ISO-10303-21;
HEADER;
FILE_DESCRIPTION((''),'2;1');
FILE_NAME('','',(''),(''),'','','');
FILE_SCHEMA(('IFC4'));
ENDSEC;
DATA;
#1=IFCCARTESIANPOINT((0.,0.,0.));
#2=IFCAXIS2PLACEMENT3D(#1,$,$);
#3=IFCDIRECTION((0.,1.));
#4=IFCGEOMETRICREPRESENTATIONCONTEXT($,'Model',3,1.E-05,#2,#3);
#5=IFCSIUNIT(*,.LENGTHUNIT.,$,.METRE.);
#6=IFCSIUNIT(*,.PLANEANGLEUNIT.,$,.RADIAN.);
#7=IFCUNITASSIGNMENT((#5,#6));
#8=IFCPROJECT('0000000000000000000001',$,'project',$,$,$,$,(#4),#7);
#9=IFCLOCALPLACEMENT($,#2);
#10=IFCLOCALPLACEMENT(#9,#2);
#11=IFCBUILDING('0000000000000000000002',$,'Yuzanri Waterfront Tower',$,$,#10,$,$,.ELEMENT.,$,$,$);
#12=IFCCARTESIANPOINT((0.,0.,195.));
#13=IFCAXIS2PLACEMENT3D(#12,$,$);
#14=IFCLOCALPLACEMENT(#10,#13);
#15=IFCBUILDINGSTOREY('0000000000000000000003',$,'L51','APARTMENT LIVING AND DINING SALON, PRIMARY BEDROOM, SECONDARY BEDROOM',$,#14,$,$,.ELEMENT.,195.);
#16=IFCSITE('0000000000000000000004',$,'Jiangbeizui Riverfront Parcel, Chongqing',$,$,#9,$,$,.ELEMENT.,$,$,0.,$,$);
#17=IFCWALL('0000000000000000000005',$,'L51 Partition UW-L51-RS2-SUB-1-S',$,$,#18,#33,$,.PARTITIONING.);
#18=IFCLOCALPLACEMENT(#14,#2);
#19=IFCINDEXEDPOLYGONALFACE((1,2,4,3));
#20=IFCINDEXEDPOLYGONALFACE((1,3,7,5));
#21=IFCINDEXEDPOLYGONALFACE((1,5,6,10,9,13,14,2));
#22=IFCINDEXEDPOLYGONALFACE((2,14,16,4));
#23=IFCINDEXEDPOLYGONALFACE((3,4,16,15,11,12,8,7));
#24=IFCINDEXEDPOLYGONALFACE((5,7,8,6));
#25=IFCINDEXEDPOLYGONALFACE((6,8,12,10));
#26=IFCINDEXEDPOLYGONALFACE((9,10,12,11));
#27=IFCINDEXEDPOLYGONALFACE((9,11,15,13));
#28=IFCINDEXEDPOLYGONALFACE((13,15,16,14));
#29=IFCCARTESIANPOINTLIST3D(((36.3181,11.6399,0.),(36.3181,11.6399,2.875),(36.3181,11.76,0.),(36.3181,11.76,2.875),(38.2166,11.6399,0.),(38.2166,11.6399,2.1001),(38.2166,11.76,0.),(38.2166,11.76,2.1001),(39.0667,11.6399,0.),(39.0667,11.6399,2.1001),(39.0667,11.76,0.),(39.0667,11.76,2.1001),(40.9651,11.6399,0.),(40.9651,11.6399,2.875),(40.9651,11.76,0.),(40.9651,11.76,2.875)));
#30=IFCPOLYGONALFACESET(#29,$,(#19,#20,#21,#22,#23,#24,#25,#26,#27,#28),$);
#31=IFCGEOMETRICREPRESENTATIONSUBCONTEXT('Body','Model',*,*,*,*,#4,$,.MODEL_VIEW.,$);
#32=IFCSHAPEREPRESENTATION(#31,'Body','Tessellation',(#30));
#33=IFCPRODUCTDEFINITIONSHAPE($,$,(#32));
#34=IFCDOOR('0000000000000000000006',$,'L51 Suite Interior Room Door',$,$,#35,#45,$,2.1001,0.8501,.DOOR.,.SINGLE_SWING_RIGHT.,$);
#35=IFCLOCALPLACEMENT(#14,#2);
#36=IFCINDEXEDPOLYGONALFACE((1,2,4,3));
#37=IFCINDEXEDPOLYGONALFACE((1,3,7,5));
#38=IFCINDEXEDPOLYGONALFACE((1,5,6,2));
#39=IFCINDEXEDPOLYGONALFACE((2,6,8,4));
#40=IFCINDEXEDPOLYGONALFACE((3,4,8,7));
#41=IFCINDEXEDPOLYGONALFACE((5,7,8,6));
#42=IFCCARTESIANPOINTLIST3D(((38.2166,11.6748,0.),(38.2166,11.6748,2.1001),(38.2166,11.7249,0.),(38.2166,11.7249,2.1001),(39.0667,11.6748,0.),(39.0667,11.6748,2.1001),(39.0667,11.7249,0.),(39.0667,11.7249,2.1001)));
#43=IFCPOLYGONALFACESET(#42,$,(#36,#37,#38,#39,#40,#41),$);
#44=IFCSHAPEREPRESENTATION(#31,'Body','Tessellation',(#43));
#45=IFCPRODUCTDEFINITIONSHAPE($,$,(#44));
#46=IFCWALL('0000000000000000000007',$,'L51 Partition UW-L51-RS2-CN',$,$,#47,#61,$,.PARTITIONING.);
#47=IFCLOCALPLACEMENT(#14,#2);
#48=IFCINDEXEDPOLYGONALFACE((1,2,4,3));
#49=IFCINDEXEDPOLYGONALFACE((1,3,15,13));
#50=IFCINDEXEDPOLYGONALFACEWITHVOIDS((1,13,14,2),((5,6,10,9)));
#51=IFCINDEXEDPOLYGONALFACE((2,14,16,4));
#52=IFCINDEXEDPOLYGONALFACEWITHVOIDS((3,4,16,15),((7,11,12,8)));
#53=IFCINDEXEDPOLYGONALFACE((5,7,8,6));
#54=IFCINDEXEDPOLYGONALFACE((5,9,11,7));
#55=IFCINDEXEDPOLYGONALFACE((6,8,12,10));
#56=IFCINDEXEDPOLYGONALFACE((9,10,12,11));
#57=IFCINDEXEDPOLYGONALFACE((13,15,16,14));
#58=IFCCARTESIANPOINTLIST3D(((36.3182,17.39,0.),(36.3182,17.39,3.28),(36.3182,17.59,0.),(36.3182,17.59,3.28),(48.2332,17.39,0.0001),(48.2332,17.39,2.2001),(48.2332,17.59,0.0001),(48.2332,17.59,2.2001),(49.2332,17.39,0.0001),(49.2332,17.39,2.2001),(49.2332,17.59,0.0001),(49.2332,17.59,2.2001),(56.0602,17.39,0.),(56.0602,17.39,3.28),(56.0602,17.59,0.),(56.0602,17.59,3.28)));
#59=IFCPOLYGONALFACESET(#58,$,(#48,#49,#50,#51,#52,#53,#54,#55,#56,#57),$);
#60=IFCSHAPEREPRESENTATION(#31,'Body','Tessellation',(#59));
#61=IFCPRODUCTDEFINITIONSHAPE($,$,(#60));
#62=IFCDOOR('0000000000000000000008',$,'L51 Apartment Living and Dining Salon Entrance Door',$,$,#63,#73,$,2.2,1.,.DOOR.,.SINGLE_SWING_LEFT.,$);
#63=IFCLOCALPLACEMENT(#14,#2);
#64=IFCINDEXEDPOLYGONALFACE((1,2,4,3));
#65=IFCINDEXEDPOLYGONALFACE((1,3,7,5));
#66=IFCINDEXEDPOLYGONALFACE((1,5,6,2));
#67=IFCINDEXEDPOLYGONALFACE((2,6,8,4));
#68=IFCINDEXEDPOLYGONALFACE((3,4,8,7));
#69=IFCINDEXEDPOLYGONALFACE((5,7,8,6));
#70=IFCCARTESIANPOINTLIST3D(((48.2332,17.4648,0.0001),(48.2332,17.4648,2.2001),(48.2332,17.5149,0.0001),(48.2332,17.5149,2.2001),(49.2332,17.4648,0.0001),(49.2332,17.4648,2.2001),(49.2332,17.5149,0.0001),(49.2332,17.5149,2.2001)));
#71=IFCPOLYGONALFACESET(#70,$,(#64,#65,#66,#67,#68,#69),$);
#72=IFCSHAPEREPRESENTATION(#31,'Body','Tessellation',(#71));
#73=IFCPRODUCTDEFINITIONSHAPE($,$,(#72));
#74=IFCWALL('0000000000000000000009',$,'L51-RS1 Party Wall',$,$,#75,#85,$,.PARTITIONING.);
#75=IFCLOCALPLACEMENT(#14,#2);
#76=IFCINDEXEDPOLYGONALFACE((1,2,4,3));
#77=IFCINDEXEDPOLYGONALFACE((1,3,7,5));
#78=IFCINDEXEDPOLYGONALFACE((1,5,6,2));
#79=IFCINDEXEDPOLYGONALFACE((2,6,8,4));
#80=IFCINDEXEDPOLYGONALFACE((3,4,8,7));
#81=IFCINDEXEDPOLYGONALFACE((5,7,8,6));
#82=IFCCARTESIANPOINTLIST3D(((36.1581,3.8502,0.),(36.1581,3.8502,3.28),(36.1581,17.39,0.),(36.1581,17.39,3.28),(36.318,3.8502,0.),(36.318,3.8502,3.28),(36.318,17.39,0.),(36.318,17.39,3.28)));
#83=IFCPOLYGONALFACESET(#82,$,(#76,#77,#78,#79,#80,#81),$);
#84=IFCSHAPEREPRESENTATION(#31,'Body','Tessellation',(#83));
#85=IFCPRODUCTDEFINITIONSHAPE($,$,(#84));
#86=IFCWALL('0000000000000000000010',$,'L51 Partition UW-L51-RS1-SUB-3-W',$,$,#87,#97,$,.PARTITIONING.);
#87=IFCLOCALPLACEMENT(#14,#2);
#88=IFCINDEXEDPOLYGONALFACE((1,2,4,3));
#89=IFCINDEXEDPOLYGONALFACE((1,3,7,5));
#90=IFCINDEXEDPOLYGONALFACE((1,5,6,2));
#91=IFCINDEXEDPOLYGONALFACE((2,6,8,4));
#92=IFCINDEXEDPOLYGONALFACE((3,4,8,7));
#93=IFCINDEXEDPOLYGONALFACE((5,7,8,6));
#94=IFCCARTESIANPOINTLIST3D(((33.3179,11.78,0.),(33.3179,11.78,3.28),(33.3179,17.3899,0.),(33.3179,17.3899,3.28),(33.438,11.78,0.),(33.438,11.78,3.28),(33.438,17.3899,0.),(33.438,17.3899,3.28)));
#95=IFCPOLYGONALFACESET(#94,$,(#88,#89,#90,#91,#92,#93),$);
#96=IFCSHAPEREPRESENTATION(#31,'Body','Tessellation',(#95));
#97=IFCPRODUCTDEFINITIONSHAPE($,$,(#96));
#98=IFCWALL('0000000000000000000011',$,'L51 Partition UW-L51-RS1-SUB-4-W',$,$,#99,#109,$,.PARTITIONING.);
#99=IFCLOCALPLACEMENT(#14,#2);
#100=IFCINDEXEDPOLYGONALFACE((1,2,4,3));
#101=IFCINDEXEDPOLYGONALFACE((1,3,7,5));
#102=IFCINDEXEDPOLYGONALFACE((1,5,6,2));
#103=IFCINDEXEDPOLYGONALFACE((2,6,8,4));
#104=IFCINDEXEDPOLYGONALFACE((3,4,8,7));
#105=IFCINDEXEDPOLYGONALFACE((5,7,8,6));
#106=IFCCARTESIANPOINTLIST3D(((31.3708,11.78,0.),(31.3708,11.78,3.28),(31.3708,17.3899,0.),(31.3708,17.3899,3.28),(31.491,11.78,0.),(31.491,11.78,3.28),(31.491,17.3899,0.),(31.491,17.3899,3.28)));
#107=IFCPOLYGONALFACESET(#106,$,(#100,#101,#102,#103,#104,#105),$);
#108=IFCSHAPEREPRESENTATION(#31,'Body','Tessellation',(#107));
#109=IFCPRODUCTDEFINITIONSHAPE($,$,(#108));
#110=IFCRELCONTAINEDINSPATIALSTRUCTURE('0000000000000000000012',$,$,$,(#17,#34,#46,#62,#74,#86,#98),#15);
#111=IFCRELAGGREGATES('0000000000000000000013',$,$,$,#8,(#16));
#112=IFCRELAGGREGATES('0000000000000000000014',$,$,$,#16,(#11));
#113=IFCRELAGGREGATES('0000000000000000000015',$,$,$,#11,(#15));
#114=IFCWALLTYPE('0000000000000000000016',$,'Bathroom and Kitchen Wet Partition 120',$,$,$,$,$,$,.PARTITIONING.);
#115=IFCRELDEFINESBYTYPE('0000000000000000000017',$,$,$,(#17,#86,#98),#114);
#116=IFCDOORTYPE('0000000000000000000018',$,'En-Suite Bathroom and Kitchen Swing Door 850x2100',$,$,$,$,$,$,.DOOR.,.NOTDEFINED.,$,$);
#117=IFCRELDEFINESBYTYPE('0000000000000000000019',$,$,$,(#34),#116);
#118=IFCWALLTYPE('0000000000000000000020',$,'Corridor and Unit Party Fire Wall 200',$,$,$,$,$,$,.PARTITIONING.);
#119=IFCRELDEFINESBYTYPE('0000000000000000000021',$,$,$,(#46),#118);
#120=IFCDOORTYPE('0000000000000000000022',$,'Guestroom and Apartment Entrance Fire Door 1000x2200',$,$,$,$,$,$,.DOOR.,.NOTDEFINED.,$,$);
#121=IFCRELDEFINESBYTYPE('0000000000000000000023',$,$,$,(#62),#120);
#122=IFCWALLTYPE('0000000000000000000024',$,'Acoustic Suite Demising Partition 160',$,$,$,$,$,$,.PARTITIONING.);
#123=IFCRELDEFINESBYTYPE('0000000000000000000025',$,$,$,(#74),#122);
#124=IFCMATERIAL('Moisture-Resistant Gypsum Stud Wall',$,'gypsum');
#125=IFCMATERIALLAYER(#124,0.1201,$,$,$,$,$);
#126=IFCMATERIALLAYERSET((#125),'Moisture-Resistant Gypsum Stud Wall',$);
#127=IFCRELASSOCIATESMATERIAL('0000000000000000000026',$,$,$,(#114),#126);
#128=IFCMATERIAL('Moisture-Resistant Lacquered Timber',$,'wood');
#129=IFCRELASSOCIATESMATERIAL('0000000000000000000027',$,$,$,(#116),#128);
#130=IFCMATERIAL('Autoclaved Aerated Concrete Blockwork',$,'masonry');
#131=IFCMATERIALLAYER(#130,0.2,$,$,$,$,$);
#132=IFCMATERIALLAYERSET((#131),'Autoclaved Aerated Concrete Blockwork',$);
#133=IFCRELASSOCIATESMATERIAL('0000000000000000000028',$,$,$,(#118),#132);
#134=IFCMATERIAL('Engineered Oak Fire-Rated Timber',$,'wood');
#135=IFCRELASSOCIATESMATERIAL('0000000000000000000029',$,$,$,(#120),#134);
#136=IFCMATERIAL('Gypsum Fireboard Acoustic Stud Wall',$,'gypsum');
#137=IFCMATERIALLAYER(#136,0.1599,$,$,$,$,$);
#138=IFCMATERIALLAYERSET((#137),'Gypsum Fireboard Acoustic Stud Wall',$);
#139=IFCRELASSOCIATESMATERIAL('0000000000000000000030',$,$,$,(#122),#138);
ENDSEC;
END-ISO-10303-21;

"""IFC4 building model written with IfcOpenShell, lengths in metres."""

from ifc_helpers import new_model, si_unit, direction, frame, frame_2d, origin, place, context, subcontext, project, spatial, rectangle, extrude, source, transform, mapped, material, layer, layer_set, type_object, element, fill, save


model = new_model("IFC4")

# Units and contexts
model_context = context("Model", 3, precision=1e-05, world=origin(), true_north=direction((0.0, 1.0)))
body_context = subcontext(model_context, "Body", "Model", "MODEL_VIEW")
ifc_project = project(units=[si_unit("LENGTHUNIT", "METRE"), si_unit("PLANEANGLEUNIT", "RADIAN")], contexts=[model_context])

# Site, building, storey
site_placement = place(None, origin())
site = spatial("IfcSite", under=ifc_project, at=site_placement, Name="Jiangbeizui Riverfront Parcel, Chongqing", CompositionType="ELEMENT", RefElevation=0.0)
building_placement = place(site_placement, origin())
building = spatial("IfcBuilding", under=site, at=building_placement, Name="Yuzanri Waterfront Tower", CompositionType="ELEMENT")
storey_placement = place(building_placement, frame((0.0, 0.0, 195.0)))
storey = spatial("IfcBuildingStorey", under=building, at=storey_placement, Name="L51", Description="APARTMENT LIVING AND DINING SALON, PRIMARY BEDROOM, SECONDARY BEDROOM", CompositionType="ELEMENT", Elevation=195.0)

# Shared definitions
ifc_material_1 = material(Name="Moisture-Resistant Gypsum Stud Wall", Category="gypsum")
ifc_layer_1 = layer(ifc_material_1, 0.1201)
ifc_layer_set_1 = layer_set([ifc_layer_1], Name="Moisture-Resistant Gypsum Stud Wall")
wall_type_1 = type_object("IfcWallType", Name="Bathroom and Kitchen Wet Partition 120", PredefinedType="PARTITIONING", material=ifc_layer_set_1)
ifc_material_2 = material(Name="Moisture-Resistant Lacquered Timber", Category="wood")
door_type_1 = type_object("IfcDoorType", Name="En-Suite Bathroom and Kitchen Swing Door 850x2100", OperationType="NOTDEFINED", PredefinedType="DOOR", material=ifc_material_2)
shared_shape_1 = source(origin(), body_context, "Body", "SweptSolid", [
    extrude(rectangle(XDim=0.8501, YDim=2.1001, at=frame_2d((0.425, 1.05))), frame((0.0, 0.0249, 0.0), z_axis=(0.0, -1.0, 0.0), x_axis=(1.0, 0.0, 0.0)), (0.0, 0.0, 1.0), 0.05),
])

# Walls, openings, doors
wall_1_placement = place(storey_placement, frame((36.3181, 11.7, 0.0), z_axis=(0.0, 0.0, 1.0), x_axis=(1.0, 0.0, 0.0)))
wall_1 = element("IfcWall", 1, at=wall_1_placement, inside=storey, type_object=wall_type_1, Name="L51 Partition UW-L51-RS2-SUB-1-S", PredefinedType="PARTITIONING", context=body_context, shape_type="SweptSolid", body=[
    extrude(rectangle(XDim=4.647, YDim=0.1201, at=frame_2d((2.3235, 0.0))), origin(), (0.0, 0.0, 1.0), 2.875),
])
opening_1_placement = place(wall_1_placement, frame((1.8984, 0.0, 0.0)))
opening_1 = element("IfcOpeningElement", 2, at=opening_1_placement, cuts=wall_1, PredefinedType="OPENING", context=body_context, shape_type="SweptSolid", body=[
    extrude(rectangle(XDim=0.8501, YDim=2.1001, at=frame_2d((0.425, 1.05))), frame((0.0, 0.075, 0.0), z_axis=(0.0, -1.0, 0.0), x_axis=(1.0, 0.0, 0.0)), (0.0, 0.0, 1.0), 0.1499),
])
door_1_placement = place(opening_1_placement, origin())
door_1 = element("IfcDoor", 3, at=door_1_placement, inside=storey, type_object=door_type_1, Name="L51 Suite Interior Room Door", OperationType="SINGLE_SWING_RIGHT", OverallHeight=2.1001, OverallWidth=0.8501, PredefinedType="DOOR", context=body_context, shape_type="MappedRepresentation", body=[
    mapped(shared_shape_1, transform((0.0, 0.0, 0.0), scale=1.0)),
])
fill(opening_1, door_1)
ifc_material_3 = material(Name="Autoclaved Aerated Concrete Blockwork", Category="masonry")
ifc_layer_2 = layer(ifc_material_3, 0.2)
ifc_layer_set_2 = layer_set([ifc_layer_2], Name="Autoclaved Aerated Concrete Blockwork")
wall_type_2 = type_object("IfcWallType", Name="Corridor and Unit Party Fire Wall 200", PredefinedType="PARTITIONING", material=ifc_layer_set_2)
wall_2_placement = place(storey_placement, frame((36.3181, 17.49, 0.0), z_axis=(0.0, 0.0, 1.0), x_axis=(1.0, 0.0, 0.0)))
wall_2 = element("IfcWall", 4, at=wall_2_placement, inside=storey, type_object=wall_type_2, Name="L51 Partition UW-L51-RS2-CN", PredefinedType="PARTITIONING", context=body_context, shape_type="SweptSolid", body=[
    extrude(rectangle(XDim=19.7419, YDim=0.2, at=frame_2d((9.8711, 0.0))), origin(), (0.0, 0.0, 1.0), 3.28),
])
opening_2_placement = place(wall_2_placement, frame((11.915, 0.0, 0.0)))
opening_2 = element("IfcOpeningElement", 5, at=opening_2_placement, cuts=wall_2, PredefinedType="OPENING", context=body_context, shape_type="SweptSolid", body=[
    extrude(rectangle(XDim=1.0, YDim=2.2, at=frame_2d((0.5, 1.1001))), frame((0.0, 0.1147, 0.0), z_axis=(0.0, -1.0, 0.0), x_axis=(1.0, 0.0, 0.0)), (0.0, 0.0, 1.0), 0.2297),
])
ifc_material_4 = material(Name="Engineered Oak Fire-Rated Timber", Category="wood")
door_type_2 = type_object("IfcDoorType", Name="Guestroom and Apartment Entrance Fire Door 1000x2200", OperationType="NOTDEFINED", PredefinedType="DOOR", material=ifc_material_4)
shared_shape_2 = source(origin(), body_context, "Body", "SweptSolid", [
    extrude(rectangle(XDim=1.0, YDim=2.2, at=frame_2d((0.5, 1.1001))), frame((0.0, 0.0249, 0.0), z_axis=(0.0, -1.0, 0.0), x_axis=(1.0, 0.0, 0.0)), (0.0, 0.0, 1.0), 0.05),
])
door_2_placement = place(opening_2_placement, origin())
door_2 = element("IfcDoor", 6, at=door_2_placement, inside=storey, type_object=door_type_2, Name="L51 Apartment Living and Dining Salon Entrance Door", OperationType="SINGLE_SWING_LEFT", OverallHeight=2.2, OverallWidth=1.0, PredefinedType="DOOR", context=body_context, shape_type="MappedRepresentation", body=[
    mapped(shared_shape_2, transform((0.0, 0.0, 0.0), scale=1.0)),
])
fill(opening_2, door_2)

# Walls
ifc_material_5 = material(Name="Gypsum Fireboard Acoustic Stud Wall", Category="gypsum")
ifc_layer_3 = layer(ifc_material_5, 0.1599)
ifc_layer_set_3 = layer_set([ifc_layer_3], Name="Gypsum Fireboard Acoustic Stud Wall")
wall_type_3 = type_object("IfcWallType", Name="Acoustic Suite Demising Partition 160", PredefinedType="PARTITIONING", material=ifc_layer_set_3)
shared_shape_3 = source(origin(), body_context, "Body", "SweptSolid", [
    extrude(rectangle(XDim=13.5398, YDim=0.1599, at=frame_2d((6.77, 0.0))), origin(), (0.0, 0.0, 1.0), 3.28),
])
wall_3_placement = place(storey_placement, frame((36.238, 3.8501, 0.0), z_axis=(0.0, 0.0, 1.0), x_axis=(0.0, 1.0, 0.0)))
element("IfcWall", 7, at=wall_3_placement, inside=storey, type_object=wall_type_3, Name="L51-RS1 Party Wall", PredefinedType="PARTITIONING", context=body_context, shape_type="MappedRepresentation", body=[
    mapped(shared_shape_3, transform((0.0, 0.0, 0.0), scale=1.0)),
])
shared_shape_4 = source(origin(), body_context, "Body", "SweptSolid", [
    extrude(rectangle(XDim=5.6099, YDim=0.1201, at=frame_2d((2.8049, 0.0))), origin(), (0.0, 0.0, 1.0), 3.28),
])
for number, where, z_axis, x_axis, name in (
    (8, (33.3779, 11.78, 0.0), (0.0, 0.0, 1.0), (0.0, 1.0, 0.0), "L51 Partition UW-L51-RS1-SUB-3-W"),
    (9, (31.4309, 11.78, 0.0), (0.0, 0.0, 1.0), (0.0, 1.0, 0.0), "L51 Partition UW-L51-RS1-SUB-4-W"),
):
    element("IfcWall", number, at=place(storey_placement, frame(where, z_axis=z_axis, x_axis=x_axis)), inside=storey, type_object=wall_type_1, Name=name, PredefinedType="PARTITIONING", context=body_context, shape_type="MappedRepresentation", body=[
        mapped(shared_shape_4, transform((0.0, 0.0, 0.0), scale=1.0)),
    ])

save(model, "model.ifc")
